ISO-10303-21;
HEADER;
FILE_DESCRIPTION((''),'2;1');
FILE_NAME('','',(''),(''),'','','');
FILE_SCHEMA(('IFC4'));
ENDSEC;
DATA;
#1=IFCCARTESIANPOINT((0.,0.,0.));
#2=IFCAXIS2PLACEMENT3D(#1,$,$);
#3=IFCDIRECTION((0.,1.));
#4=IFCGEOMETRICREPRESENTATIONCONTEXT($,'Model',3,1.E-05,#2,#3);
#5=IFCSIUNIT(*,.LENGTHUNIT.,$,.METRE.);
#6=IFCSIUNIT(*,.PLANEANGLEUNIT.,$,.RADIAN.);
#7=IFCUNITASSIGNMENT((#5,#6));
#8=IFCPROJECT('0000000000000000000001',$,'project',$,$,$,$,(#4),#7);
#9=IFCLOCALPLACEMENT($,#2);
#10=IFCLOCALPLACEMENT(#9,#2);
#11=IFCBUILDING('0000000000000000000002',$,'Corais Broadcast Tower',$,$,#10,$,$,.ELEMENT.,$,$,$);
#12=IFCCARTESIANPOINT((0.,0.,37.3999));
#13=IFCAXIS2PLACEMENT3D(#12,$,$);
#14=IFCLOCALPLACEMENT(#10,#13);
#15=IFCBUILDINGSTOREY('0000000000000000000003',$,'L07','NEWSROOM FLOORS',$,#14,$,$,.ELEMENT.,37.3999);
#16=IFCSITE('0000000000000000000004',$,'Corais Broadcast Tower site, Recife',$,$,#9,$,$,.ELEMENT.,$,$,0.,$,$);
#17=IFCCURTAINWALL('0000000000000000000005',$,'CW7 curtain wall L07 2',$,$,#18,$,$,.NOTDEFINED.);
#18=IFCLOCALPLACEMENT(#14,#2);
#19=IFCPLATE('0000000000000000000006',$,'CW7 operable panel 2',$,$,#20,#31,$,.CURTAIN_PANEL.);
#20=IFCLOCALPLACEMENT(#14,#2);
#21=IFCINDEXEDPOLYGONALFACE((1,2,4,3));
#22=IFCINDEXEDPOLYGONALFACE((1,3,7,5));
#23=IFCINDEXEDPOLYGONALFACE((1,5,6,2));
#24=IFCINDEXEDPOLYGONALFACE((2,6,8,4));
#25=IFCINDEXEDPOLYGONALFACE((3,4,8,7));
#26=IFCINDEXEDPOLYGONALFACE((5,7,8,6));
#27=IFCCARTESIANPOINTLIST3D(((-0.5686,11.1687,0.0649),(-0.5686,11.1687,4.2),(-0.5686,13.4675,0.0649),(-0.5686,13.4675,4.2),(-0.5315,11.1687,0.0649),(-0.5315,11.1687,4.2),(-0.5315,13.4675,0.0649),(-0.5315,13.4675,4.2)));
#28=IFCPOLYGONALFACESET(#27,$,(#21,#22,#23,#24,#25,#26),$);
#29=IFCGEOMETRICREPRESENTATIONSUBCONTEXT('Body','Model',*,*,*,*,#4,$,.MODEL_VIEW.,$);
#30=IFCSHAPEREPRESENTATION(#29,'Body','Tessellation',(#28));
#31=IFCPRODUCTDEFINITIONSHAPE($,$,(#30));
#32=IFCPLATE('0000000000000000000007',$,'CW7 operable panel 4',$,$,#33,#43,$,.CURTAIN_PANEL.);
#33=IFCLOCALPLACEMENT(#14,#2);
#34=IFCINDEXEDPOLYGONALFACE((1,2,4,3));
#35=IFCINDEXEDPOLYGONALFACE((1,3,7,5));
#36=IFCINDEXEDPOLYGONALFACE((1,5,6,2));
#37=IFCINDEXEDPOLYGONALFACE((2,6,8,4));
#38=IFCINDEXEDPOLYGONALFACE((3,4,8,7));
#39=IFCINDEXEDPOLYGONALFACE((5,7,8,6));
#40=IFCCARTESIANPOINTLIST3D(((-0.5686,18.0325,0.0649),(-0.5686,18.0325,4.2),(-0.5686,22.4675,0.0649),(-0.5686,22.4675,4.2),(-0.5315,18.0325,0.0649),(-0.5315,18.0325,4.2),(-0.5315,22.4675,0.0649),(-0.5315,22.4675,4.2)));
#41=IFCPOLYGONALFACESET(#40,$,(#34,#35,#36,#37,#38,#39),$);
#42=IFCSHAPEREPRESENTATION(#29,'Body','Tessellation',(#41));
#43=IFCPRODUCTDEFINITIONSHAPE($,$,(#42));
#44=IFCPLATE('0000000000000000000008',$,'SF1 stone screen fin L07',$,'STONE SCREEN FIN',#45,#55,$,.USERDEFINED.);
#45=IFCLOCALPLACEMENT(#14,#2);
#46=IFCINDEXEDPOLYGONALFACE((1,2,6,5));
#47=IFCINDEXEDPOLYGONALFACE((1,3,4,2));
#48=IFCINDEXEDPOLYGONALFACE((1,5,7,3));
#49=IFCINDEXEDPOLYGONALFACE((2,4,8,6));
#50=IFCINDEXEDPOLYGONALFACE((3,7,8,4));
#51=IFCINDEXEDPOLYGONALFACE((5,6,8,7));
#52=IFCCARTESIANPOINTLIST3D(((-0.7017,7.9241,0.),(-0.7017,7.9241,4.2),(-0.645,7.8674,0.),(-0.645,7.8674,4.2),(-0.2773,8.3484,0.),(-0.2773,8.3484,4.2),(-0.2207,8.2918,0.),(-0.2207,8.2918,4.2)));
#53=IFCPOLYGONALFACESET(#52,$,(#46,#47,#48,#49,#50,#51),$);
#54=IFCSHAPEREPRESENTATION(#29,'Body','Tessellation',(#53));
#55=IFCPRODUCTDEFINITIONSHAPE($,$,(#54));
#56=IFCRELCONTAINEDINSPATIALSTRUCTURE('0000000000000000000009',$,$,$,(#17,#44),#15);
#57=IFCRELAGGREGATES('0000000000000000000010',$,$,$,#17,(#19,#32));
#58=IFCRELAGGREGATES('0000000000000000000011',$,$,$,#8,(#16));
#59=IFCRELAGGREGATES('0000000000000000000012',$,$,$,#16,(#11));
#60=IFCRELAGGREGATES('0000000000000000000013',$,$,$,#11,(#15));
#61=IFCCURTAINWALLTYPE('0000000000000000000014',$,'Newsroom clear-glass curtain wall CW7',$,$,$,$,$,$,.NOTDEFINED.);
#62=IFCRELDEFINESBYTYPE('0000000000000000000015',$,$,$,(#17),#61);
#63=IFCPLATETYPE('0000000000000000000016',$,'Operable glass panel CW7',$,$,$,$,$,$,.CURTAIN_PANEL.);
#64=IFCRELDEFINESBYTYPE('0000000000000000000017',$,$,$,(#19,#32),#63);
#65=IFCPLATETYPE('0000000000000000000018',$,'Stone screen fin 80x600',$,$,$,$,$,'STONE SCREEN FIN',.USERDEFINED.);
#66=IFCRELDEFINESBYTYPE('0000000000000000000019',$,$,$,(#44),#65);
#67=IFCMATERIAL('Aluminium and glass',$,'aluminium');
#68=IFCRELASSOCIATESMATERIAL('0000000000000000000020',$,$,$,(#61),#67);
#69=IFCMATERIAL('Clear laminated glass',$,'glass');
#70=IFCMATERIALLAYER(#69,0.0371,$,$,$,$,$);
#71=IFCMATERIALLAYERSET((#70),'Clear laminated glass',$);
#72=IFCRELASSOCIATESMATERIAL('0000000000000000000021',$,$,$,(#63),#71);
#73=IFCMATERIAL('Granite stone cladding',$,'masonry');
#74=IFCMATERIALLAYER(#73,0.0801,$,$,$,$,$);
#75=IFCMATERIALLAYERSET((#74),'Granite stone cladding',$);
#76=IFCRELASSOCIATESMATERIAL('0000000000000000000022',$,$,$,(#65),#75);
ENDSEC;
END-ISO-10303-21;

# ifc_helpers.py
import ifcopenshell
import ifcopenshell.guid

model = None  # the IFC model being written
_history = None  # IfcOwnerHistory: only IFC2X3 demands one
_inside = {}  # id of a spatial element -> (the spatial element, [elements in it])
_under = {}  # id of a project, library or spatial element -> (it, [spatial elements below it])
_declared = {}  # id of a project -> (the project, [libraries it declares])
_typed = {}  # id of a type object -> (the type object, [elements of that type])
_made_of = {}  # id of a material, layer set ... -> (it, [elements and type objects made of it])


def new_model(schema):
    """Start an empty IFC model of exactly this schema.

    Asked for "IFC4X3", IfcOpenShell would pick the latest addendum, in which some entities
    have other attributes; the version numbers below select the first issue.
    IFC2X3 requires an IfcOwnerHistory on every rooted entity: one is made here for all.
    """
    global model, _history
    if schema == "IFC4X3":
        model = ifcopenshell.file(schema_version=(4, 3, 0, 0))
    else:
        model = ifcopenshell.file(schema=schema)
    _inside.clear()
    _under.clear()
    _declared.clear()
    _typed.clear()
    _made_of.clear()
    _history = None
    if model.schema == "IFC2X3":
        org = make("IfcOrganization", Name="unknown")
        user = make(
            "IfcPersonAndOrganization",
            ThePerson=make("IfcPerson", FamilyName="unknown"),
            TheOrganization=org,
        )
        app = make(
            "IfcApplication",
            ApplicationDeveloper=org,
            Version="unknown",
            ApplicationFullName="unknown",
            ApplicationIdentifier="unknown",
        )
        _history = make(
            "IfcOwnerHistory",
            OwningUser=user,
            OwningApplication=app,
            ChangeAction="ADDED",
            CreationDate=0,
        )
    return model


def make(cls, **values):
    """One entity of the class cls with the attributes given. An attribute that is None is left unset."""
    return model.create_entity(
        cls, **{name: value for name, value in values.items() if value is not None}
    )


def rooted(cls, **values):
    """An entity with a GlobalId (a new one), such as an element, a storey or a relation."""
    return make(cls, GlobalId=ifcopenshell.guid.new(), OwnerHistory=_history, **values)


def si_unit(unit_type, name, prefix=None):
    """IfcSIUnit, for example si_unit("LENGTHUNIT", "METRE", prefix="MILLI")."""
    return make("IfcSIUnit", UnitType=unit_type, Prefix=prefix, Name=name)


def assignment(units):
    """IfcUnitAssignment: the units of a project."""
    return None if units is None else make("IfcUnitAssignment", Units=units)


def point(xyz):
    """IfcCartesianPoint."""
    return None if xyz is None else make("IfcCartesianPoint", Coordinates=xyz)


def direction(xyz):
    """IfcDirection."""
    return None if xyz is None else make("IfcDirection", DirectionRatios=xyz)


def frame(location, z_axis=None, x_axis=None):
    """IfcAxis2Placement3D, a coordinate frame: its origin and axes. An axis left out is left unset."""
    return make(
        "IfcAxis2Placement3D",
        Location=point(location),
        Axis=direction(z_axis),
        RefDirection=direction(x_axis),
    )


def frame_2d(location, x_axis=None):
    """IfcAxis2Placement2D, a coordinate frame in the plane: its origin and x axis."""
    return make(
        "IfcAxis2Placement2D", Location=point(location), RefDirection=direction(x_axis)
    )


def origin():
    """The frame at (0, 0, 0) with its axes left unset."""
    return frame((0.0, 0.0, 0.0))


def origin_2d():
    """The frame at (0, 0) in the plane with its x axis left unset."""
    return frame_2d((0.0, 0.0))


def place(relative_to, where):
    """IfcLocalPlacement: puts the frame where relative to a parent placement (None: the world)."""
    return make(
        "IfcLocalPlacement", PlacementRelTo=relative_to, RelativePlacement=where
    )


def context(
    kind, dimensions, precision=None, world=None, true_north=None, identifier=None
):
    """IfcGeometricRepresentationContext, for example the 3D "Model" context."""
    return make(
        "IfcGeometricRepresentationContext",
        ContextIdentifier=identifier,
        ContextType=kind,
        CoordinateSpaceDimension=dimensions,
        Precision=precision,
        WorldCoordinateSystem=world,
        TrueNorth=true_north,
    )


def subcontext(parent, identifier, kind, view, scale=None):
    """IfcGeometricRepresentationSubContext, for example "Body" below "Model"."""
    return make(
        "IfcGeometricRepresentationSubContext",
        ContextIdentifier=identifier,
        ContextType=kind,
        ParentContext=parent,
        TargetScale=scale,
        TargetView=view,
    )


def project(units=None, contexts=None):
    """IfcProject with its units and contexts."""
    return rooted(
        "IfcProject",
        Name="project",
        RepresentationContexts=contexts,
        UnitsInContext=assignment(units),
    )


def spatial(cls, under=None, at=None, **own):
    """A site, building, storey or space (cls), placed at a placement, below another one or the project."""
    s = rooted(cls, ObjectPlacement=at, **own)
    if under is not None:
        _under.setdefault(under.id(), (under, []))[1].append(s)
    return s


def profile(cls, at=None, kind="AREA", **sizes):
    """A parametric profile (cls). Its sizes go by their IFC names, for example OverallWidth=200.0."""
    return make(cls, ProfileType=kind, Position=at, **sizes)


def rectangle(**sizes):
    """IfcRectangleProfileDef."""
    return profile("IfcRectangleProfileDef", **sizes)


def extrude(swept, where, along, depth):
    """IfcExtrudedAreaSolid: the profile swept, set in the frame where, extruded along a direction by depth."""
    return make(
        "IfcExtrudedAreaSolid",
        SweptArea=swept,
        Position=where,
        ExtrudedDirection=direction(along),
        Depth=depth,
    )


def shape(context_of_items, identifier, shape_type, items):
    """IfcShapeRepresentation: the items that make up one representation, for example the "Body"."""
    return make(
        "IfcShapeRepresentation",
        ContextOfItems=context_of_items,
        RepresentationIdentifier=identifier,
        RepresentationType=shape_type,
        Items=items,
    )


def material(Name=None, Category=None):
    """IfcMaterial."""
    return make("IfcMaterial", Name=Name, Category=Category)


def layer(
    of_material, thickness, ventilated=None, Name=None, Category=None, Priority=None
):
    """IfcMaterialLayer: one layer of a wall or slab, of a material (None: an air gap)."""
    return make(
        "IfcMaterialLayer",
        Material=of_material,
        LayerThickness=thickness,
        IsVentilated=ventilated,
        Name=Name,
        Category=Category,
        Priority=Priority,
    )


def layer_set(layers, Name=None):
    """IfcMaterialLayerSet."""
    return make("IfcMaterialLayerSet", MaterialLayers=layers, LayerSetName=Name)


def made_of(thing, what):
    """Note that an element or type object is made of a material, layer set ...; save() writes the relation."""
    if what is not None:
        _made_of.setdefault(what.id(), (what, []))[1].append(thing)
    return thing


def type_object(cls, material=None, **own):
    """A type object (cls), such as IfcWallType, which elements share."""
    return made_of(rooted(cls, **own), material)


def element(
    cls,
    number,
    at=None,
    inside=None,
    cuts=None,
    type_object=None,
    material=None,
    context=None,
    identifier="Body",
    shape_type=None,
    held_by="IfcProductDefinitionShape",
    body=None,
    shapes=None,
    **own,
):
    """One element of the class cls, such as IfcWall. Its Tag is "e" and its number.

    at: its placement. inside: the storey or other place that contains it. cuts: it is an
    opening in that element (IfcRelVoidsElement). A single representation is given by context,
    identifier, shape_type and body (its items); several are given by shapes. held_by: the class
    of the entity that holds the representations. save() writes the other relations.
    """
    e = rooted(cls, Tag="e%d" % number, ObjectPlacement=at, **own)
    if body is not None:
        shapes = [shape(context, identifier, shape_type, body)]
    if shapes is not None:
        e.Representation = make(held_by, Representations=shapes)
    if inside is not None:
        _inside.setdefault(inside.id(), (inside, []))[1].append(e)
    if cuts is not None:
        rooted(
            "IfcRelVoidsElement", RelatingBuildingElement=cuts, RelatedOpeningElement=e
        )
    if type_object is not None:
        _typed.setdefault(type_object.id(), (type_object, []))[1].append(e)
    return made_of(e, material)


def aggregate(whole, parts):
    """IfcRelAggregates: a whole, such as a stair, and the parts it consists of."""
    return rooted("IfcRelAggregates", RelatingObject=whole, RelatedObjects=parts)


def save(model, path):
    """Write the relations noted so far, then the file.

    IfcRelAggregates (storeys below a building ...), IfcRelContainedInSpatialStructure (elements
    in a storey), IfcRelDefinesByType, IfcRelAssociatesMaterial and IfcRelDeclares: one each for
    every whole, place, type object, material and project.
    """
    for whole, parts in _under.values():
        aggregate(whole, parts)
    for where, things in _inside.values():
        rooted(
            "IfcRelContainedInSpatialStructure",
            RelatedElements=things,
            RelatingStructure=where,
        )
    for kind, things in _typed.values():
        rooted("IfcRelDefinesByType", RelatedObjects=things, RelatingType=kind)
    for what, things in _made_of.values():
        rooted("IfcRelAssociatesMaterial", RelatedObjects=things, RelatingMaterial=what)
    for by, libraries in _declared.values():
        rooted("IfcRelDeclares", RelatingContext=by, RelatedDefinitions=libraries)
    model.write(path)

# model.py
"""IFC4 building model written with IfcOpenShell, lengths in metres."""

from ifc_helpers import new_model, si_unit, direction, frame, origin, origin_2d, place, context, subcontext, project, spatial, rectangle, extrude, material, layer, layer_set, type_object, element, aggregate, save


model = new_model("IFC4")

# Units and contexts
model_context = context("Model", 3, precision=1e-05, world=origin(), true_north=direction((0.0, 1.0)))
body_context = subcontext(model_context, "Body", "Model", "MODEL_VIEW")
ifc_project = project(units=[si_unit("LENGTHUNIT", "METRE"), si_unit("PLANEANGLEUNIT", "RADIAN")], contexts=[model_context])

# Site, building, storey
site_placement = place(None, origin())
site = spatial("IfcSite", under=ifc_project, at=site_placement, Name="Corais Broadcast Tower site, Recife", CompositionType="ELEMENT", RefElevation=0.0)
building_placement = place(site_placement, origin())
building = spatial("IfcBuilding", under=site, at=building_placement, Name="Corais Broadcast Tower", CompositionType="ELEMENT")
storey_placement = place(building_placement, frame((0.0, 0.0, 37.3999)))
storey = spatial("IfcBuildingStorey", under=building, at=storey_placement, Name="L07", Description="NEWSROOM FLOORS", CompositionType="ELEMENT", Elevation=37.3999)

# Shared definitions
ifc_material_1 = material(Name="Aluminium and glass", Category="aluminium")
curtain_wall_type = type_object("IfcCurtainWallType", Name="Newsroom clear-glass curtain wall CW7", PredefinedType="NOTDEFINED", material=ifc_material_1)

# Curtain wall
curtain_wall_1_placement = place(storey_placement, origin())
curtain_wall_1 = element("IfcCurtainWall", 1, at=curtain_wall_1_placement, inside=storey, type_object=curtain_wall_type, Name="CW7 curtain wall L07 2", PredefinedType="NOTDEFINED")

# Plates
ifc_material_2 = material(Name="Clear laminated glass", Category="glass")
ifc_layer_1 = layer(ifc_material_2, 0.0371)
ifc_layer_set_1 = layer_set([ifc_layer_1], Name="Clear laminated glass")
plate_type_1 = type_object("IfcPlateType", Name="Operable glass panel CW7", PredefinedType="CURTAIN_PANEL", material=ifc_layer_set_1)
plate_1_placement = place(storey_placement, frame((-0.55, 12.3181, 0.0649), z_axis=(0.0, 0.0, 1.0), x_axis=(0.0, 1.0, 0.0)))
plate_1 = element("IfcPlate", 2, at=plate_1_placement, type_object=plate_type_1, Name="CW7 operable panel 2", PredefinedType="CURTAIN_PANEL", context=body_context, shape_type="SweptSolid", body=[
    extrude(rectangle(XDim=2.2988, YDim=0.0371, at=origin_2d()), origin(), (0.0, 0.0, 1.0), 4.135),
])
plate_2_placement = place(storey_placement, frame((-0.55, 20.25, 0.0649), z_axis=(0.0, 0.0, 1.0), x_axis=(0.0, 1.0, 0.0)))
plate_2 = element("IfcPlate", 3, at=plate_2_placement, type_object=plate_type_1, Name="CW7 operable panel 4", PredefinedType="CURTAIN_PANEL", context=body_context, shape_type="SweptSolid", body=[
    extrude(rectangle(XDim=4.4351, YDim=0.0371, at=origin_2d()), origin(), (0.0, 0.0, 1.0), 4.135),
])
aggregate(curtain_wall_1, [plate_1, plate_2])
ifc_material_3 = material(Name="Granite stone cladding", Category="masonry")
ifc_layer_2 = layer(ifc_material_3, 0.0801)
ifc_layer_set_2 = layer_set([ifc_layer_2], Name="Granite stone cladding")
plate_type_2 = type_object("IfcPlateType", Name="Stone screen fin 80x600", ElementType="STONE SCREEN FIN", PredefinedType="USERDEFINED", material=ifc_layer_set_2)
plate_3_placement = place(storey_placement, frame((-0.4612, 8.1079, 0.0), z_axis=(0.0, 0.0, 1.0), x_axis=(-0.707107, 0.707107, 0.0)))
element("IfcPlate", 4, at=plate_3_placement, inside=storey, type_object=plate_type_2, Name="SF1 stone screen fin L07", ObjectType="STONE SCREEN FIN", PredefinedType="USERDEFINED", context=body_context, shape_type="SweptSolid", body=[
    extrude(rectangle(XDim=0.0801, YDim=0.6001, at=origin_2d()), origin(), (0.0, 0.0, 1.0), 4.2),
])

save(model, "model.ifc")
